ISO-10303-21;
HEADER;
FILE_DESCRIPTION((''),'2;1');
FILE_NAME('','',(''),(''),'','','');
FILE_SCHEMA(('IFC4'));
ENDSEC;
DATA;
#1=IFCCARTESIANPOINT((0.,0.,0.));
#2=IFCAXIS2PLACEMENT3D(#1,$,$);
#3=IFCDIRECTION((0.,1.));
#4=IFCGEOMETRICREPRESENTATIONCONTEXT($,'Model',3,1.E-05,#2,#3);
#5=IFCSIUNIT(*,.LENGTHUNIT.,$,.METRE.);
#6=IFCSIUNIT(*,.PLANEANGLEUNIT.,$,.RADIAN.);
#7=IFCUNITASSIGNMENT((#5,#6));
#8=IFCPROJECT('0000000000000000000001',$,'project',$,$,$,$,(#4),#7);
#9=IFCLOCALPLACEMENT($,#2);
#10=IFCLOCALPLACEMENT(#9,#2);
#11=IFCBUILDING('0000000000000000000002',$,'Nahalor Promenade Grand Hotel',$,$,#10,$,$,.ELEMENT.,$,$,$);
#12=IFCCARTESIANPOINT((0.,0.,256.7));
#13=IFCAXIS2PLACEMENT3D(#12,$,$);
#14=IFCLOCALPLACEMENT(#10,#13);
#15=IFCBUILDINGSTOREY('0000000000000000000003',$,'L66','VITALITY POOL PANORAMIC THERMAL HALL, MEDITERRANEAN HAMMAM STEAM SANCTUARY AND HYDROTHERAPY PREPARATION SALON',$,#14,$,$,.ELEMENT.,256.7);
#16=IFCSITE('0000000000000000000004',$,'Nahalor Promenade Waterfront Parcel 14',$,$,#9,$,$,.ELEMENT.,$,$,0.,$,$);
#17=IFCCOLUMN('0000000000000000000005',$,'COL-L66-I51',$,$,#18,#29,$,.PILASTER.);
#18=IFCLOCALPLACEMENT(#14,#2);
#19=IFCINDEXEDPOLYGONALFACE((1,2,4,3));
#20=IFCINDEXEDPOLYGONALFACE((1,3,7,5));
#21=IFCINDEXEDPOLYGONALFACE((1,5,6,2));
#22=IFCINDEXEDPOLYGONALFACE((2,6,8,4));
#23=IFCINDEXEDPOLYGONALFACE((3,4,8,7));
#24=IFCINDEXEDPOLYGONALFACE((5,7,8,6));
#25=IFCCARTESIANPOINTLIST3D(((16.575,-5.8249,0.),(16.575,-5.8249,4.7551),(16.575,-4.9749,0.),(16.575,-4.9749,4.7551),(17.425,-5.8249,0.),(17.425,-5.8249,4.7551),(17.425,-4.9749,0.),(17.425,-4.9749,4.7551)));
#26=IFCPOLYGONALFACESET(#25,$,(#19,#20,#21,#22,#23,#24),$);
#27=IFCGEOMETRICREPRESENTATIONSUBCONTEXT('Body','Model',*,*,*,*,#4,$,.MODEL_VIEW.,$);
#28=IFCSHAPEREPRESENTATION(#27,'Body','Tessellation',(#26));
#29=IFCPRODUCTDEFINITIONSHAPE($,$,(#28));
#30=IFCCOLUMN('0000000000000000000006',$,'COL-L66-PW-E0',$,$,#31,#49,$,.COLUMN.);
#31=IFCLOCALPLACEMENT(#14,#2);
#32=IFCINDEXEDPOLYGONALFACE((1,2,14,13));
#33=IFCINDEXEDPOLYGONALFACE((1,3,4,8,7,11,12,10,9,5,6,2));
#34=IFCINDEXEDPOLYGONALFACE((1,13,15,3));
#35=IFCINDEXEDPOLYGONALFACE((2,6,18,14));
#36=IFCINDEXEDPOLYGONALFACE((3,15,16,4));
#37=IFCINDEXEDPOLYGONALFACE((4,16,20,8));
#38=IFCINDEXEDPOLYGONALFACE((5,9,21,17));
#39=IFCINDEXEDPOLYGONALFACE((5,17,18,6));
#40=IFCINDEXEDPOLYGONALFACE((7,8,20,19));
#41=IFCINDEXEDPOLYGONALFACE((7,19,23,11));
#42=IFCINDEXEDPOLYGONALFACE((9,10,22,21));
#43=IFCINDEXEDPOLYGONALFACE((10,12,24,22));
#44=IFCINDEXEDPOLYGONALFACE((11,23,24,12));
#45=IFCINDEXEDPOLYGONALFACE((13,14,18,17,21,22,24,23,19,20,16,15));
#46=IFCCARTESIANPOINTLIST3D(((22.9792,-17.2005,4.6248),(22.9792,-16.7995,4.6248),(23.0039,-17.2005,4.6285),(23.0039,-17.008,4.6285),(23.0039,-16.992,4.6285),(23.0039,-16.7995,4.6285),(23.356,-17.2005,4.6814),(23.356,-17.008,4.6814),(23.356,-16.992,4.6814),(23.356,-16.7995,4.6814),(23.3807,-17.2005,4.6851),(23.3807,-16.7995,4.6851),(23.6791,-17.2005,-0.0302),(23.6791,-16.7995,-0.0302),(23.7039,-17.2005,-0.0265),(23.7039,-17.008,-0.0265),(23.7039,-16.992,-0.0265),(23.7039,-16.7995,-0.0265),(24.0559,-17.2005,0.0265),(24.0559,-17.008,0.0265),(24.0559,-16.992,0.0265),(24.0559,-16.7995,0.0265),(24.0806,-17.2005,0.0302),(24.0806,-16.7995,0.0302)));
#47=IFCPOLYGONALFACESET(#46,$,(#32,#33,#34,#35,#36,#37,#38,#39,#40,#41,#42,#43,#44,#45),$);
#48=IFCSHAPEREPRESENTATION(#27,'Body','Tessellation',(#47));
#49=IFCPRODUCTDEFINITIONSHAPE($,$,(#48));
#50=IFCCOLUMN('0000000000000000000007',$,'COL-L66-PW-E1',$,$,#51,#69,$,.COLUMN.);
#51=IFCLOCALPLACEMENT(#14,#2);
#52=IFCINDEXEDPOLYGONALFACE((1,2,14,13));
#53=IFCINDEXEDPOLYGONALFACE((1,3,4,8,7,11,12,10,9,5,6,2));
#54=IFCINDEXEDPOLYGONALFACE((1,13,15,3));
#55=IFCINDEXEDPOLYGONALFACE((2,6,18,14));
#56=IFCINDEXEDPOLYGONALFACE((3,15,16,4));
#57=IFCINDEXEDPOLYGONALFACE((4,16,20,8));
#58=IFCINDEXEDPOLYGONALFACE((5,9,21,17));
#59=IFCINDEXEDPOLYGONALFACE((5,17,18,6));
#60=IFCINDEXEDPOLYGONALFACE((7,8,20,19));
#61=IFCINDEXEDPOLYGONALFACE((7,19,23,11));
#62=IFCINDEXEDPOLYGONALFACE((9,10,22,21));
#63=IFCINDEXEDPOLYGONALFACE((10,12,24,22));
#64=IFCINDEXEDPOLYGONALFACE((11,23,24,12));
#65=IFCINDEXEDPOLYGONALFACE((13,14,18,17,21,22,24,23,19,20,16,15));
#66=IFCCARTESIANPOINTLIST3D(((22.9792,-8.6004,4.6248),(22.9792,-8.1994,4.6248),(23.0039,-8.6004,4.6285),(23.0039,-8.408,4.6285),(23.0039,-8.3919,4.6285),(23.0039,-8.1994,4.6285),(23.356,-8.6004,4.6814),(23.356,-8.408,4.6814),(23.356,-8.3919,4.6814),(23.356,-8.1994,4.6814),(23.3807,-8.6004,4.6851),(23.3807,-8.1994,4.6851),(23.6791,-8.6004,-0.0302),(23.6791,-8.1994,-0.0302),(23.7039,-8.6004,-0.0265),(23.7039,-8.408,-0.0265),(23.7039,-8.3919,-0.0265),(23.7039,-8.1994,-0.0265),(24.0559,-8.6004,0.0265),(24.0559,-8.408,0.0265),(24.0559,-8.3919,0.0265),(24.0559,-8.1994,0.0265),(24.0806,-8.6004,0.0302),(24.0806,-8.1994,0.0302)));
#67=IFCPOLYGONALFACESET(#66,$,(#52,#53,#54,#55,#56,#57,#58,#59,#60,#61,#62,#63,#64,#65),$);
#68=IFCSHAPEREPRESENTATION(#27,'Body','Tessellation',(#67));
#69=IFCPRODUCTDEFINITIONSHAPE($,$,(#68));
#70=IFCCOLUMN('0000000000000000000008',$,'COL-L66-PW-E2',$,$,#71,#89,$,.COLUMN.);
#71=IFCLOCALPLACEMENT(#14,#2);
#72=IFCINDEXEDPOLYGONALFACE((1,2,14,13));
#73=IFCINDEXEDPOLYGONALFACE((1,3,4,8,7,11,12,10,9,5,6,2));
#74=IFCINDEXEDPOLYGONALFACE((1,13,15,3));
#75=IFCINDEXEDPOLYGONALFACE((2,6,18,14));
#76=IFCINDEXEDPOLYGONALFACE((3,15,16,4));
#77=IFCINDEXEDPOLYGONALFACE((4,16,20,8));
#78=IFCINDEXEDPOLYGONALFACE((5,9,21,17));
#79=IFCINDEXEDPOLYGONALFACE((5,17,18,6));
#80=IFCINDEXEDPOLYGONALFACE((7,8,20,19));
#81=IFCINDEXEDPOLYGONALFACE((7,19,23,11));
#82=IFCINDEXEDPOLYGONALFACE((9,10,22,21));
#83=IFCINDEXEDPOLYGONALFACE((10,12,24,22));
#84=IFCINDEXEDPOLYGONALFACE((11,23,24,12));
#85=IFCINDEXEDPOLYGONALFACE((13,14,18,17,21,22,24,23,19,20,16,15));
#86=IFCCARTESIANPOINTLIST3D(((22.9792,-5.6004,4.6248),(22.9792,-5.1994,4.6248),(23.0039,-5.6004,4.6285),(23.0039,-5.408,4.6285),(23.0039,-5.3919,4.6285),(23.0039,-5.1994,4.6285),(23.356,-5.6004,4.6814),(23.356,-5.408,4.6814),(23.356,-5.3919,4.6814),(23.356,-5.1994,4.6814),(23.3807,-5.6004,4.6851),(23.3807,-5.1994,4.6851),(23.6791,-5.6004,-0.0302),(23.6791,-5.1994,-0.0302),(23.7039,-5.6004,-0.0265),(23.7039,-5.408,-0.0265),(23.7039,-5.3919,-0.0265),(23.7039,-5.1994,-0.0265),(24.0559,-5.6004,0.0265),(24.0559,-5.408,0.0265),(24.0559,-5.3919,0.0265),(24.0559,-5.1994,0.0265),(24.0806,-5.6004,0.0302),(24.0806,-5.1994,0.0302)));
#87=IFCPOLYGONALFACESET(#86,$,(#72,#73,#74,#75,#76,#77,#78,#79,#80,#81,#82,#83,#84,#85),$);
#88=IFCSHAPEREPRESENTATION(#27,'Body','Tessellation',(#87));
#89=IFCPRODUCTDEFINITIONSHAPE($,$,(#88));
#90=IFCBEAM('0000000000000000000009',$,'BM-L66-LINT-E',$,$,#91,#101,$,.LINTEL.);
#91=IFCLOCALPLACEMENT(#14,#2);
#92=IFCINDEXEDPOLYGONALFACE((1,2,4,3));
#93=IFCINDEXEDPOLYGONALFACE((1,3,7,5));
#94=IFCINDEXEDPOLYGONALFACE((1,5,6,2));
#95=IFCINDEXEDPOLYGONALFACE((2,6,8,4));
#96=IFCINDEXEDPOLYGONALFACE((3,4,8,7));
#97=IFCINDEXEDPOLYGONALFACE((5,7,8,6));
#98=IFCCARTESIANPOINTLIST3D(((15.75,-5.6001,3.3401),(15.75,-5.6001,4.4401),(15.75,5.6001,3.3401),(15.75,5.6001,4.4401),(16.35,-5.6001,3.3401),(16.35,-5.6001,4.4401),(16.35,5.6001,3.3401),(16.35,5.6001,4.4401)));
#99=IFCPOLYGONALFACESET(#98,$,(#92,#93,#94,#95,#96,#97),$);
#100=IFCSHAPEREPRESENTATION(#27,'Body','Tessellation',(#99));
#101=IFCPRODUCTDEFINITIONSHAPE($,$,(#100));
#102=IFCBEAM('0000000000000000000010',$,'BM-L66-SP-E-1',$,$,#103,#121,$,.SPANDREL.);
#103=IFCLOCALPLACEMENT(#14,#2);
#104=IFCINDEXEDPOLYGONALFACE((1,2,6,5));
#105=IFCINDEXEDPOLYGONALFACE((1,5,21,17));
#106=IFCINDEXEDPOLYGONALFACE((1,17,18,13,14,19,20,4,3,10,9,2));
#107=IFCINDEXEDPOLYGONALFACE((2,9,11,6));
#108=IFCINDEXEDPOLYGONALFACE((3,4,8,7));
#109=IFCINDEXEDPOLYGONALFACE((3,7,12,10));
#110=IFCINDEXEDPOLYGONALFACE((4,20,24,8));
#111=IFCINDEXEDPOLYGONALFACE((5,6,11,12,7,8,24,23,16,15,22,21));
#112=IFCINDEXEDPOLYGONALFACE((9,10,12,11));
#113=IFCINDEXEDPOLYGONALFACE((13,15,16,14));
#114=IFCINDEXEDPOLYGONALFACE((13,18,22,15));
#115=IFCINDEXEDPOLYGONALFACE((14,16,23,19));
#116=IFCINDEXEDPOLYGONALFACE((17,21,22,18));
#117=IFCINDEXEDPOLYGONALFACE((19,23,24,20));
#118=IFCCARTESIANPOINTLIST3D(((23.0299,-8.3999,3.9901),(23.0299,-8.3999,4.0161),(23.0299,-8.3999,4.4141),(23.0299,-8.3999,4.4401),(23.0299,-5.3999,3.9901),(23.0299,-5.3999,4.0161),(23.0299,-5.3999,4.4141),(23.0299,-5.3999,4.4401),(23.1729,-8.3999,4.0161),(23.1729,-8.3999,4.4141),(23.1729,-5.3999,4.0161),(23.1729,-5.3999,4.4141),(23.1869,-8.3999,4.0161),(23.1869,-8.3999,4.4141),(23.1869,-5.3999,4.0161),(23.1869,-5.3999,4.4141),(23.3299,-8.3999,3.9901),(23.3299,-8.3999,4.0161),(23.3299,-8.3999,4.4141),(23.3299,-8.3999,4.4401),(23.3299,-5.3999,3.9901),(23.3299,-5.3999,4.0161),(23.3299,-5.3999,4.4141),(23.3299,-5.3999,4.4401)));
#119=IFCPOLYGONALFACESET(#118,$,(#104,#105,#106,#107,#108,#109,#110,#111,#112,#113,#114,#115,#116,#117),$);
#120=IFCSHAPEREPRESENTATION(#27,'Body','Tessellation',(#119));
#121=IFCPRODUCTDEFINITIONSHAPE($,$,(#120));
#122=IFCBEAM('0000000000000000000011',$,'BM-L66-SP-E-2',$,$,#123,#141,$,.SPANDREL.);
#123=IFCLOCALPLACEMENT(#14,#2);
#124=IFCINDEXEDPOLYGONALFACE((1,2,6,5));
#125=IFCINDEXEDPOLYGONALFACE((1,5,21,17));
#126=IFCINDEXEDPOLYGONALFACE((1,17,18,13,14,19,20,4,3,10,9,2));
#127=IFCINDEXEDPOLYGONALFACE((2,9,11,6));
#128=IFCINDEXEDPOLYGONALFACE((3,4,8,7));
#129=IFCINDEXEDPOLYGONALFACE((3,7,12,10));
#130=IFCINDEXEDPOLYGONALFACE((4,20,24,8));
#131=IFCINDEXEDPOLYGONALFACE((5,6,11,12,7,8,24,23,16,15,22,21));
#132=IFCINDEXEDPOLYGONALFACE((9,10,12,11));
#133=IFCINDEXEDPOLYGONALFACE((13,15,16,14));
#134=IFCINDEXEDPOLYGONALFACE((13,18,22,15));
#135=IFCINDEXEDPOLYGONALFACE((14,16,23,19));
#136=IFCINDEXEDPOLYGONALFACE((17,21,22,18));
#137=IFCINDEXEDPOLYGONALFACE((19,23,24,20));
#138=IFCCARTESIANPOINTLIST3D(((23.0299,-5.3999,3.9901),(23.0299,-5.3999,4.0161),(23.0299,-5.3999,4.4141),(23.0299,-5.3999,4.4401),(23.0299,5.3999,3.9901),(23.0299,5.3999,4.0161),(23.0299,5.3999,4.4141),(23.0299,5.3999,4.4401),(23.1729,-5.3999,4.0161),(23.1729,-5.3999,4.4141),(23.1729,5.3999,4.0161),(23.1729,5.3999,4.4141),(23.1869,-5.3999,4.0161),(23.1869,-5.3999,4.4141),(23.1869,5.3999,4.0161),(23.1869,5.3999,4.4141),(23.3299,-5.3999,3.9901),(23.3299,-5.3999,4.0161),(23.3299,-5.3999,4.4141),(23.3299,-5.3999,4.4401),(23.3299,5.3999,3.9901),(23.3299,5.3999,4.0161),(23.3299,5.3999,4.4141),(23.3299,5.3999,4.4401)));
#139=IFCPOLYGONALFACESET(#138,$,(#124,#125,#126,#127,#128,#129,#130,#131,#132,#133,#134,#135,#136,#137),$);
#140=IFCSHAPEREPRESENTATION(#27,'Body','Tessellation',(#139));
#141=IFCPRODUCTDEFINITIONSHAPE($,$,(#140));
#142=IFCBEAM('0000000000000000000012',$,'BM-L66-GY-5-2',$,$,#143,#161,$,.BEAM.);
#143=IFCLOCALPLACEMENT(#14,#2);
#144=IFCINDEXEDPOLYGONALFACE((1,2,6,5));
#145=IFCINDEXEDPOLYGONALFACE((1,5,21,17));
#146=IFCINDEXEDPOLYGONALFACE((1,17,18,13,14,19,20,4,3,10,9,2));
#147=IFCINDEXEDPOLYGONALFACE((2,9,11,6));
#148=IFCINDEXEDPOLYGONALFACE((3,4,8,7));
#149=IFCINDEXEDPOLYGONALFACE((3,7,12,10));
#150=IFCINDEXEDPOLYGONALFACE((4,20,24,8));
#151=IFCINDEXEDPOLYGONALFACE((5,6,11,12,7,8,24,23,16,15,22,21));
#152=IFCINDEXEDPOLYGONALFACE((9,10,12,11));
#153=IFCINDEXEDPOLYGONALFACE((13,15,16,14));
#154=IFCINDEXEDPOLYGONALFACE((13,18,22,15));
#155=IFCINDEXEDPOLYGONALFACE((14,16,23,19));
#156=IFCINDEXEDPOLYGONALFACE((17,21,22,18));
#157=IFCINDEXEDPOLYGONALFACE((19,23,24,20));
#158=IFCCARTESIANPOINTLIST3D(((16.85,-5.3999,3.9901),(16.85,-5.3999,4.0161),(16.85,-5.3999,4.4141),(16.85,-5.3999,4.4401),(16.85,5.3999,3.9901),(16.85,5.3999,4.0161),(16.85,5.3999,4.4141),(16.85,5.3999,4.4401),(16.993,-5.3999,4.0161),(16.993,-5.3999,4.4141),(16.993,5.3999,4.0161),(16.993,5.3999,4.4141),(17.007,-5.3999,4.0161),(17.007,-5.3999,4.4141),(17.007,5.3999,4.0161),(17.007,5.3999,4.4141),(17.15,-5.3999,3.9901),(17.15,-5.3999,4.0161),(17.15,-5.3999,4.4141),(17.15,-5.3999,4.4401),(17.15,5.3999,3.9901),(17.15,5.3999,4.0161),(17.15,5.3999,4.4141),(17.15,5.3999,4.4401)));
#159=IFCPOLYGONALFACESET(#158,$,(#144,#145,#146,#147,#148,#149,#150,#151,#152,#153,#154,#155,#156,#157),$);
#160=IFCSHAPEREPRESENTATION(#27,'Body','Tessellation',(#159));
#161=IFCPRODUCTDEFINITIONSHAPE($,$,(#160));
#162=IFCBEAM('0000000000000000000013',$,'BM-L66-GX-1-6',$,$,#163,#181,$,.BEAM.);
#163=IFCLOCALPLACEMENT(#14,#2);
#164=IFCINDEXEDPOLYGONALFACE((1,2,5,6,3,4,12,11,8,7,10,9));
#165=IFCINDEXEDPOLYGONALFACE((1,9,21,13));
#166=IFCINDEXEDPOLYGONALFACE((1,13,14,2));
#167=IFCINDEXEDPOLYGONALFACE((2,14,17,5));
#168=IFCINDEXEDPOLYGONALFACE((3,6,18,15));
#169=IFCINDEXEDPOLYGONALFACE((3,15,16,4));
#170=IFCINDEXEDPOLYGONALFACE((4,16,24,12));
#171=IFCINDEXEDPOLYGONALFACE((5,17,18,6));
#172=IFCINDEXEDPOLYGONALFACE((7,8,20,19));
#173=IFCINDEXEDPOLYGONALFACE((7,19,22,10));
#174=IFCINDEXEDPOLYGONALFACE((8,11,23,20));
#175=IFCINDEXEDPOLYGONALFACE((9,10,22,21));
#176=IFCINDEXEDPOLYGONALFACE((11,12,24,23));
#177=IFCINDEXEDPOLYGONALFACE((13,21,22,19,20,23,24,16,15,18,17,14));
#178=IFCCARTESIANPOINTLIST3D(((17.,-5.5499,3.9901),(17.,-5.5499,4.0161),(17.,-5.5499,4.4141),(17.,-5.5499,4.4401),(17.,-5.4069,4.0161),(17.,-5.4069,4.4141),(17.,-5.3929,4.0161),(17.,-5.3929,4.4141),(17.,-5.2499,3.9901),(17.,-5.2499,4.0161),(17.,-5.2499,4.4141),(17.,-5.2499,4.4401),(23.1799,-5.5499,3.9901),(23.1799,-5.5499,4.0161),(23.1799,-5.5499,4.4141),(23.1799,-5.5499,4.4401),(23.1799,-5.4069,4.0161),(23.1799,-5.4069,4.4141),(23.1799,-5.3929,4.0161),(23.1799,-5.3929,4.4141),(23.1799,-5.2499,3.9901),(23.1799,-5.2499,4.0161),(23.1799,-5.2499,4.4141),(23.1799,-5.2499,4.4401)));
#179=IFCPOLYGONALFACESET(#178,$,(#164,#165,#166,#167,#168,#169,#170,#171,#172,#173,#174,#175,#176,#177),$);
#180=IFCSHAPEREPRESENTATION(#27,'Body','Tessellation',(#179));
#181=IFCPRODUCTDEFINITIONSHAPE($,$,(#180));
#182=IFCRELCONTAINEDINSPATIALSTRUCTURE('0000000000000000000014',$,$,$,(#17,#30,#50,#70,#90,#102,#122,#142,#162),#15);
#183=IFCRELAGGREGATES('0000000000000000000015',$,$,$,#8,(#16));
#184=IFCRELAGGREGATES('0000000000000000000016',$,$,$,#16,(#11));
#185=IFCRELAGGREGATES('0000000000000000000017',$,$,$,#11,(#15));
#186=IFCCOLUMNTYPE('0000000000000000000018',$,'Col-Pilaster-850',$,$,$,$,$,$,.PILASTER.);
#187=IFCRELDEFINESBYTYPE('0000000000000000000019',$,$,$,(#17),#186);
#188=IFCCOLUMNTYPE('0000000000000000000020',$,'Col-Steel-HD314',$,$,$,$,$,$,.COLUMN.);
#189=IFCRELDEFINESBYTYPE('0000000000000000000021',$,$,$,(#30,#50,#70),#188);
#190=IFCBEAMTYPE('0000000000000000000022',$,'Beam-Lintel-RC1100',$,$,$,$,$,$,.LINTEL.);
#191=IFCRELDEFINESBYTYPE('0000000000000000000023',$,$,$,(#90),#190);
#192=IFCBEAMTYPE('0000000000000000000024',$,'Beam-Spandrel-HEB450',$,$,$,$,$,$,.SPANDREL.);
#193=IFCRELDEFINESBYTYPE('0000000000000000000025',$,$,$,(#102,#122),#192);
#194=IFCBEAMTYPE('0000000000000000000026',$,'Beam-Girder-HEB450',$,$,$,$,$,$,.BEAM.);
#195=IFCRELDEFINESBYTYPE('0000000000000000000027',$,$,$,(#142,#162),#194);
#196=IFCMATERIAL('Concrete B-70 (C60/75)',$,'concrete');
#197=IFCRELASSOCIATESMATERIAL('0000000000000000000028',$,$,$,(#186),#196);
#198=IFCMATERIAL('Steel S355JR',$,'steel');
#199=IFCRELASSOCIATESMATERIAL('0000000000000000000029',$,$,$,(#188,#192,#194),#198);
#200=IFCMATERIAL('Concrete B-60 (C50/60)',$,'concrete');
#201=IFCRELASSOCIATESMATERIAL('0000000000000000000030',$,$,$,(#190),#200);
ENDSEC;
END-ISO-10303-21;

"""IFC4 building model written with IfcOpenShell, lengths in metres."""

from ifc_helpers import new_model, si_unit, direction, frame, origin, origin_2d, place, context, subcontext, project, spatial, rectangle, i_section, extrude, source, transform, mapped, material, material_profile, profile_set, type_object, element, save


model = new_model("IFC4")

# Units and contexts
model_context = context("Model", 3, precision=1e-05, world=origin(), true_north=direction((0.0, 1.0)))
body_context = subcontext(model_context, "Body", "Model", "MODEL_VIEW")
ifc_project = project(units=[si_unit("LENGTHUNIT", "METRE"), si_unit("PLANEANGLEUNIT", "RADIAN")], contexts=[model_context])

# Site, building, storey
site_placement = place(None, origin())
site = spatial("IfcSite", under=ifc_project, at=site_placement, Name="Nahalor Promenade Waterfront Parcel 14", CompositionType="ELEMENT", RefElevation=0.0)
building_placement = place(site_placement, origin())
building = spatial("IfcBuilding", under=site, at=building_placement, Name="Nahalor Promenade Grand Hotel", CompositionType="ELEMENT")
storey_placement = place(building_placement, frame((0.0, 0.0, 256.7)))
storey = spatial("IfcBuildingStorey", under=building, at=storey_placement, Name="L66", Description="VITALITY POOL PANORAMIC THERMAL HALL, MEDITERRANEAN HAMMAM STEAM SANCTUARY AND HYDROTHERAPY PREPARATION SALON", CompositionType="ELEMENT", Elevation=256.7)

# Columns
ifc_material_1 = material(Name="Concrete B-70 (C60/75)", Category="concrete")
ifc_material_profile_1 = material_profile(ifc_material_1, rectangle(XDim=0.85, YDim=0.85, at=origin_2d()), Name="RC 850x850")
ifc_profile_set_1 = profile_set([ifc_material_profile_1], Name="Concrete B-70 (C60/75)")
column_type_1 = type_object("IfcColumnType", Name="Col-Pilaster-850", PredefinedType="PILASTER", material=ifc_profile_set_1)
shared_shape_1 = source(origin(), body_context, "Body", "SweptSolid", [
    extrude(rectangle(XDim=0.85, YDim=0.85, at=origin_2d()), origin(), (0.0, 0.0, 1.0), 4.7551),
])
column_placement = place(storey_placement, frame((17.0, -5.3999, 0.0), z_axis=(0.0, 0.0, 1.0), x_axis=(1.0, 0.0, 0.0)))
element("IfcColumn", 1, at=column_placement, inside=storey, type_object=column_type_1, Name="COL-L66-I51", PredefinedType="PILASTER", context=body_context, shape_type="MappedRepresentation", body=[
    mapped(shared_shape_1, transform((0.0, 0.0, 0.0), scale=1.0)),
])
ifc_material_2 = material(Name="Steel S355JR", Category="steel")
ifc_material_profile_2 = material_profile(ifc_material_2, i_section(OverallWidth=0.401, OverallDepth=0.406, WebThickness=0.0161, FlangeThickness=0.025, at=origin_2d()), Name="HD 400x314")
ifc_profile_set_2 = profile_set([ifc_material_profile_2], Name="Steel S355JR")
column_type_2 = type_object("IfcColumnType", Name="Col-Steel-HD314", PredefinedType="COLUMN", material=ifc_profile_set_2)
shared_shape_2 = source(origin(), body_context, "Body", "SweptSolid", [
    extrude(i_section(OverallWidth=0.401, OverallDepth=0.406, WebThickness=0.0161, FlangeThickness=0.025, at=origin_2d()), origin(), (0.0, 0.0, 1.0), 4.7073),
])
for number, where, z_axis, x_axis, name in (
    (2, (23.8799, -17.0, 0.0), (-0.148693, 0.0, 0.988883), (0.0, -1.0, 0.0), "COL-L66-PW-E0"),
    (3, (23.8799, -8.3999, 0.0), (-0.148693, 0.0, 0.988883), (0.0, -1.0, 0.0), "COL-L66-PW-E1"),
    (4, (23.8799, -5.3999, 0.0), (-0.148693, 0.0, 0.988883), (0.0, -1.0, 0.0), "COL-L66-PW-E2"),
):
    element("IfcColumn", number, at=place(storey_placement, frame(where, z_axis=z_axis, x_axis=x_axis)), inside=storey, type_object=column_type_2, Name=name, PredefinedType="COLUMN", context=body_context, shape_type="MappedRepresentation", body=[
        mapped(shared_shape_2, transform((0.0, 0.0, 0.0), scale=1.0)),
    ])

# Beams
ifc_material_3 = material(Name="Concrete B-60 (C50/60)", Category="concrete")
ifc_material_profile_3 = material_profile(ifc_material_3, rectangle(XDim=0.6, YDim=1.1, at=origin_2d()), Name="RC 600x1100")
ifc_profile_set_3 = profile_set([ifc_material_profile_3], Name="Concrete B-60 (C50/60)")
beam_type_1 = type_object("IfcBeamType", Name="Beam-Lintel-RC1100", PredefinedType="LINTEL", material=ifc_profile_set_3)
shared_shape_3 = source(origin(), body_context, "Body", "SweptSolid", [
    extrude(rectangle(XDim=0.6, YDim=1.1, at=origin_2d()), origin(), (0.0, 0.0, 1.0), 11.2002),
])
beam_1_placement = place(storey_placement, frame((16.05, -5.6001, 3.8901), z_axis=(0.0, 1.0, 0.0), x_axis=(-1.0, 0.0, 0.0)))
element("IfcBeam", 5, at=beam_1_placement, inside=storey, type_object=beam_type_1, Name="BM-L66-LINT-E", PredefinedType="LINTEL", context=body_context, shape_type="MappedRepresentation", body=[
    mapped(shared_shape_3, transform((0.0, 0.0, 0.0), scale=1.0)),
])
ifc_material_profile_4 = material_profile(ifc_material_2, i_section(OverallWidth=0.3, OverallDepth=0.45, WebThickness=0.014, FlangeThickness=0.026, at=origin_2d()), Name="HEB 450")
ifc_profile_set_4 = profile_set([ifc_material_profile_4], Name="Steel S355JR")
beam_type_2 = type_object("IfcBeamType", Name="Beam-Spandrel-HEB450", PredefinedType="SPANDREL", material=ifc_profile_set_4)
shared_shape_4 = source(origin(), body_context, "Body", "SweptSolid", [
    extrude(i_section(OverallWidth=0.3, OverallDepth=0.45, WebThickness=0.014, FlangeThickness=0.026, at=origin_2d()), origin(), (0.0, 0.0, 1.0), 3.0),
])
beam_2_placement = place(storey_placement, frame((23.1799, -8.3999, 4.2151), z_axis=(0.0, 1.0, 0.0), x_axis=(-1.0, 0.0, 0.0)))
element("IfcBeam", 6, at=beam_2_placement, inside=storey, type_object=beam_type_2, Name="BM-L66-SP-E-1", PredefinedType="SPANDREL", context=body_context, shape_type="MappedRepresentation", body=[
    mapped(shared_shape_4, transform((0.0, 0.0, 0.0), scale=1.0)),
])
shared_shape_5 = source(origin(), body_context, "Body", "SweptSolid", [
    extrude(i_section(OverallWidth=0.3, OverallDepth=0.45, WebThickness=0.014, FlangeThickness=0.026, at=origin_2d()), origin(), (0.0, 0.0, 1.0), 10.7998),
])
beam_3_placement = place(storey_placement, frame((23.1799, -5.3999, 4.2151), z_axis=(0.0, 1.0, 0.0), x_axis=(-1.0, 0.0, 0.0)))
element("IfcBeam", 7, at=beam_3_placement, inside=storey, type_object=beam_type_2, Name="BM-L66-SP-E-2", PredefinedType="SPANDREL", context=body_context, shape_type="MappedRepresentation", body=[
    mapped(shared_shape_5, transform((0.0, 0.0, 0.0), scale=1.0)),
])
ifc_material_profile_5 = material_profile(ifc_material_2, i_section(OverallWidth=0.3, OverallDepth=0.45, WebThickness=0.014, FlangeThickness=0.026, at=origin_2d()), Name="HEB 450")
ifc_profile_set_5 = profile_set([ifc_material_profile_5], Name="Steel S355JR")
beam_type_3 = type_object("IfcBeamType", Name="Beam-Girder-HEB450", PredefinedType="BEAM", material=ifc_profile_set_5)
shared_shape_6 = source(origin(), body_context, "Body", "SweptSolid", [
    extrude(i_section(OverallWidth=0.3, OverallDepth=0.45, WebThickness=0.014, FlangeThickness=0.026, at=origin_2d()), origin(), (0.0, 0.0, 1.0), 10.7998),
])
beam_4_placement = place(storey_placement, frame((17.0, -5.3999, 4.2151), z_axis=(0.0, 1.0, 0.0), x_axis=(-1.0, 0.0, 0.0)))
element("IfcBeam", 8, at=beam_4_placement, inside=storey, type_object=beam_type_3, Name="BM-L66-GY-5-2", PredefinedType="BEAM", context=body_context, shape_type="MappedRepresentation", body=[
    mapped(shared_shape_6, transform((0.0, 0.0, 0.0), scale=1.0)),
])
shared_shape_7 = source(origin(), body_context, "Body", "SweptSolid", [
    extrude(i_section(OverallWidth=0.3, OverallDepth=0.45, WebThickness=0.014, FlangeThickness=0.026, at=origin_2d()), origin(), (0.0, 0.0, 1.0), 6.1799),
])
beam_5_placement = place(storey_placement, frame((17.0, -5.3999, 4.2151), z_axis=(1.0, 0.0, 0.0), x_axis=(0.0, 1.0, 0.0)))
element("IfcBeam", 9, at=beam_5_placement, inside=storey, type_object=beam_type_3, Name="BM-L66-GX-1-6", PredefinedType="BEAM", context=body_context, shape_type="MappedRepresentation", body=[
    mapped(shared_shape_7, transform((0.0, 0.0, 0.0), scale=1.0)),
])

save(model, "model.ifc")
